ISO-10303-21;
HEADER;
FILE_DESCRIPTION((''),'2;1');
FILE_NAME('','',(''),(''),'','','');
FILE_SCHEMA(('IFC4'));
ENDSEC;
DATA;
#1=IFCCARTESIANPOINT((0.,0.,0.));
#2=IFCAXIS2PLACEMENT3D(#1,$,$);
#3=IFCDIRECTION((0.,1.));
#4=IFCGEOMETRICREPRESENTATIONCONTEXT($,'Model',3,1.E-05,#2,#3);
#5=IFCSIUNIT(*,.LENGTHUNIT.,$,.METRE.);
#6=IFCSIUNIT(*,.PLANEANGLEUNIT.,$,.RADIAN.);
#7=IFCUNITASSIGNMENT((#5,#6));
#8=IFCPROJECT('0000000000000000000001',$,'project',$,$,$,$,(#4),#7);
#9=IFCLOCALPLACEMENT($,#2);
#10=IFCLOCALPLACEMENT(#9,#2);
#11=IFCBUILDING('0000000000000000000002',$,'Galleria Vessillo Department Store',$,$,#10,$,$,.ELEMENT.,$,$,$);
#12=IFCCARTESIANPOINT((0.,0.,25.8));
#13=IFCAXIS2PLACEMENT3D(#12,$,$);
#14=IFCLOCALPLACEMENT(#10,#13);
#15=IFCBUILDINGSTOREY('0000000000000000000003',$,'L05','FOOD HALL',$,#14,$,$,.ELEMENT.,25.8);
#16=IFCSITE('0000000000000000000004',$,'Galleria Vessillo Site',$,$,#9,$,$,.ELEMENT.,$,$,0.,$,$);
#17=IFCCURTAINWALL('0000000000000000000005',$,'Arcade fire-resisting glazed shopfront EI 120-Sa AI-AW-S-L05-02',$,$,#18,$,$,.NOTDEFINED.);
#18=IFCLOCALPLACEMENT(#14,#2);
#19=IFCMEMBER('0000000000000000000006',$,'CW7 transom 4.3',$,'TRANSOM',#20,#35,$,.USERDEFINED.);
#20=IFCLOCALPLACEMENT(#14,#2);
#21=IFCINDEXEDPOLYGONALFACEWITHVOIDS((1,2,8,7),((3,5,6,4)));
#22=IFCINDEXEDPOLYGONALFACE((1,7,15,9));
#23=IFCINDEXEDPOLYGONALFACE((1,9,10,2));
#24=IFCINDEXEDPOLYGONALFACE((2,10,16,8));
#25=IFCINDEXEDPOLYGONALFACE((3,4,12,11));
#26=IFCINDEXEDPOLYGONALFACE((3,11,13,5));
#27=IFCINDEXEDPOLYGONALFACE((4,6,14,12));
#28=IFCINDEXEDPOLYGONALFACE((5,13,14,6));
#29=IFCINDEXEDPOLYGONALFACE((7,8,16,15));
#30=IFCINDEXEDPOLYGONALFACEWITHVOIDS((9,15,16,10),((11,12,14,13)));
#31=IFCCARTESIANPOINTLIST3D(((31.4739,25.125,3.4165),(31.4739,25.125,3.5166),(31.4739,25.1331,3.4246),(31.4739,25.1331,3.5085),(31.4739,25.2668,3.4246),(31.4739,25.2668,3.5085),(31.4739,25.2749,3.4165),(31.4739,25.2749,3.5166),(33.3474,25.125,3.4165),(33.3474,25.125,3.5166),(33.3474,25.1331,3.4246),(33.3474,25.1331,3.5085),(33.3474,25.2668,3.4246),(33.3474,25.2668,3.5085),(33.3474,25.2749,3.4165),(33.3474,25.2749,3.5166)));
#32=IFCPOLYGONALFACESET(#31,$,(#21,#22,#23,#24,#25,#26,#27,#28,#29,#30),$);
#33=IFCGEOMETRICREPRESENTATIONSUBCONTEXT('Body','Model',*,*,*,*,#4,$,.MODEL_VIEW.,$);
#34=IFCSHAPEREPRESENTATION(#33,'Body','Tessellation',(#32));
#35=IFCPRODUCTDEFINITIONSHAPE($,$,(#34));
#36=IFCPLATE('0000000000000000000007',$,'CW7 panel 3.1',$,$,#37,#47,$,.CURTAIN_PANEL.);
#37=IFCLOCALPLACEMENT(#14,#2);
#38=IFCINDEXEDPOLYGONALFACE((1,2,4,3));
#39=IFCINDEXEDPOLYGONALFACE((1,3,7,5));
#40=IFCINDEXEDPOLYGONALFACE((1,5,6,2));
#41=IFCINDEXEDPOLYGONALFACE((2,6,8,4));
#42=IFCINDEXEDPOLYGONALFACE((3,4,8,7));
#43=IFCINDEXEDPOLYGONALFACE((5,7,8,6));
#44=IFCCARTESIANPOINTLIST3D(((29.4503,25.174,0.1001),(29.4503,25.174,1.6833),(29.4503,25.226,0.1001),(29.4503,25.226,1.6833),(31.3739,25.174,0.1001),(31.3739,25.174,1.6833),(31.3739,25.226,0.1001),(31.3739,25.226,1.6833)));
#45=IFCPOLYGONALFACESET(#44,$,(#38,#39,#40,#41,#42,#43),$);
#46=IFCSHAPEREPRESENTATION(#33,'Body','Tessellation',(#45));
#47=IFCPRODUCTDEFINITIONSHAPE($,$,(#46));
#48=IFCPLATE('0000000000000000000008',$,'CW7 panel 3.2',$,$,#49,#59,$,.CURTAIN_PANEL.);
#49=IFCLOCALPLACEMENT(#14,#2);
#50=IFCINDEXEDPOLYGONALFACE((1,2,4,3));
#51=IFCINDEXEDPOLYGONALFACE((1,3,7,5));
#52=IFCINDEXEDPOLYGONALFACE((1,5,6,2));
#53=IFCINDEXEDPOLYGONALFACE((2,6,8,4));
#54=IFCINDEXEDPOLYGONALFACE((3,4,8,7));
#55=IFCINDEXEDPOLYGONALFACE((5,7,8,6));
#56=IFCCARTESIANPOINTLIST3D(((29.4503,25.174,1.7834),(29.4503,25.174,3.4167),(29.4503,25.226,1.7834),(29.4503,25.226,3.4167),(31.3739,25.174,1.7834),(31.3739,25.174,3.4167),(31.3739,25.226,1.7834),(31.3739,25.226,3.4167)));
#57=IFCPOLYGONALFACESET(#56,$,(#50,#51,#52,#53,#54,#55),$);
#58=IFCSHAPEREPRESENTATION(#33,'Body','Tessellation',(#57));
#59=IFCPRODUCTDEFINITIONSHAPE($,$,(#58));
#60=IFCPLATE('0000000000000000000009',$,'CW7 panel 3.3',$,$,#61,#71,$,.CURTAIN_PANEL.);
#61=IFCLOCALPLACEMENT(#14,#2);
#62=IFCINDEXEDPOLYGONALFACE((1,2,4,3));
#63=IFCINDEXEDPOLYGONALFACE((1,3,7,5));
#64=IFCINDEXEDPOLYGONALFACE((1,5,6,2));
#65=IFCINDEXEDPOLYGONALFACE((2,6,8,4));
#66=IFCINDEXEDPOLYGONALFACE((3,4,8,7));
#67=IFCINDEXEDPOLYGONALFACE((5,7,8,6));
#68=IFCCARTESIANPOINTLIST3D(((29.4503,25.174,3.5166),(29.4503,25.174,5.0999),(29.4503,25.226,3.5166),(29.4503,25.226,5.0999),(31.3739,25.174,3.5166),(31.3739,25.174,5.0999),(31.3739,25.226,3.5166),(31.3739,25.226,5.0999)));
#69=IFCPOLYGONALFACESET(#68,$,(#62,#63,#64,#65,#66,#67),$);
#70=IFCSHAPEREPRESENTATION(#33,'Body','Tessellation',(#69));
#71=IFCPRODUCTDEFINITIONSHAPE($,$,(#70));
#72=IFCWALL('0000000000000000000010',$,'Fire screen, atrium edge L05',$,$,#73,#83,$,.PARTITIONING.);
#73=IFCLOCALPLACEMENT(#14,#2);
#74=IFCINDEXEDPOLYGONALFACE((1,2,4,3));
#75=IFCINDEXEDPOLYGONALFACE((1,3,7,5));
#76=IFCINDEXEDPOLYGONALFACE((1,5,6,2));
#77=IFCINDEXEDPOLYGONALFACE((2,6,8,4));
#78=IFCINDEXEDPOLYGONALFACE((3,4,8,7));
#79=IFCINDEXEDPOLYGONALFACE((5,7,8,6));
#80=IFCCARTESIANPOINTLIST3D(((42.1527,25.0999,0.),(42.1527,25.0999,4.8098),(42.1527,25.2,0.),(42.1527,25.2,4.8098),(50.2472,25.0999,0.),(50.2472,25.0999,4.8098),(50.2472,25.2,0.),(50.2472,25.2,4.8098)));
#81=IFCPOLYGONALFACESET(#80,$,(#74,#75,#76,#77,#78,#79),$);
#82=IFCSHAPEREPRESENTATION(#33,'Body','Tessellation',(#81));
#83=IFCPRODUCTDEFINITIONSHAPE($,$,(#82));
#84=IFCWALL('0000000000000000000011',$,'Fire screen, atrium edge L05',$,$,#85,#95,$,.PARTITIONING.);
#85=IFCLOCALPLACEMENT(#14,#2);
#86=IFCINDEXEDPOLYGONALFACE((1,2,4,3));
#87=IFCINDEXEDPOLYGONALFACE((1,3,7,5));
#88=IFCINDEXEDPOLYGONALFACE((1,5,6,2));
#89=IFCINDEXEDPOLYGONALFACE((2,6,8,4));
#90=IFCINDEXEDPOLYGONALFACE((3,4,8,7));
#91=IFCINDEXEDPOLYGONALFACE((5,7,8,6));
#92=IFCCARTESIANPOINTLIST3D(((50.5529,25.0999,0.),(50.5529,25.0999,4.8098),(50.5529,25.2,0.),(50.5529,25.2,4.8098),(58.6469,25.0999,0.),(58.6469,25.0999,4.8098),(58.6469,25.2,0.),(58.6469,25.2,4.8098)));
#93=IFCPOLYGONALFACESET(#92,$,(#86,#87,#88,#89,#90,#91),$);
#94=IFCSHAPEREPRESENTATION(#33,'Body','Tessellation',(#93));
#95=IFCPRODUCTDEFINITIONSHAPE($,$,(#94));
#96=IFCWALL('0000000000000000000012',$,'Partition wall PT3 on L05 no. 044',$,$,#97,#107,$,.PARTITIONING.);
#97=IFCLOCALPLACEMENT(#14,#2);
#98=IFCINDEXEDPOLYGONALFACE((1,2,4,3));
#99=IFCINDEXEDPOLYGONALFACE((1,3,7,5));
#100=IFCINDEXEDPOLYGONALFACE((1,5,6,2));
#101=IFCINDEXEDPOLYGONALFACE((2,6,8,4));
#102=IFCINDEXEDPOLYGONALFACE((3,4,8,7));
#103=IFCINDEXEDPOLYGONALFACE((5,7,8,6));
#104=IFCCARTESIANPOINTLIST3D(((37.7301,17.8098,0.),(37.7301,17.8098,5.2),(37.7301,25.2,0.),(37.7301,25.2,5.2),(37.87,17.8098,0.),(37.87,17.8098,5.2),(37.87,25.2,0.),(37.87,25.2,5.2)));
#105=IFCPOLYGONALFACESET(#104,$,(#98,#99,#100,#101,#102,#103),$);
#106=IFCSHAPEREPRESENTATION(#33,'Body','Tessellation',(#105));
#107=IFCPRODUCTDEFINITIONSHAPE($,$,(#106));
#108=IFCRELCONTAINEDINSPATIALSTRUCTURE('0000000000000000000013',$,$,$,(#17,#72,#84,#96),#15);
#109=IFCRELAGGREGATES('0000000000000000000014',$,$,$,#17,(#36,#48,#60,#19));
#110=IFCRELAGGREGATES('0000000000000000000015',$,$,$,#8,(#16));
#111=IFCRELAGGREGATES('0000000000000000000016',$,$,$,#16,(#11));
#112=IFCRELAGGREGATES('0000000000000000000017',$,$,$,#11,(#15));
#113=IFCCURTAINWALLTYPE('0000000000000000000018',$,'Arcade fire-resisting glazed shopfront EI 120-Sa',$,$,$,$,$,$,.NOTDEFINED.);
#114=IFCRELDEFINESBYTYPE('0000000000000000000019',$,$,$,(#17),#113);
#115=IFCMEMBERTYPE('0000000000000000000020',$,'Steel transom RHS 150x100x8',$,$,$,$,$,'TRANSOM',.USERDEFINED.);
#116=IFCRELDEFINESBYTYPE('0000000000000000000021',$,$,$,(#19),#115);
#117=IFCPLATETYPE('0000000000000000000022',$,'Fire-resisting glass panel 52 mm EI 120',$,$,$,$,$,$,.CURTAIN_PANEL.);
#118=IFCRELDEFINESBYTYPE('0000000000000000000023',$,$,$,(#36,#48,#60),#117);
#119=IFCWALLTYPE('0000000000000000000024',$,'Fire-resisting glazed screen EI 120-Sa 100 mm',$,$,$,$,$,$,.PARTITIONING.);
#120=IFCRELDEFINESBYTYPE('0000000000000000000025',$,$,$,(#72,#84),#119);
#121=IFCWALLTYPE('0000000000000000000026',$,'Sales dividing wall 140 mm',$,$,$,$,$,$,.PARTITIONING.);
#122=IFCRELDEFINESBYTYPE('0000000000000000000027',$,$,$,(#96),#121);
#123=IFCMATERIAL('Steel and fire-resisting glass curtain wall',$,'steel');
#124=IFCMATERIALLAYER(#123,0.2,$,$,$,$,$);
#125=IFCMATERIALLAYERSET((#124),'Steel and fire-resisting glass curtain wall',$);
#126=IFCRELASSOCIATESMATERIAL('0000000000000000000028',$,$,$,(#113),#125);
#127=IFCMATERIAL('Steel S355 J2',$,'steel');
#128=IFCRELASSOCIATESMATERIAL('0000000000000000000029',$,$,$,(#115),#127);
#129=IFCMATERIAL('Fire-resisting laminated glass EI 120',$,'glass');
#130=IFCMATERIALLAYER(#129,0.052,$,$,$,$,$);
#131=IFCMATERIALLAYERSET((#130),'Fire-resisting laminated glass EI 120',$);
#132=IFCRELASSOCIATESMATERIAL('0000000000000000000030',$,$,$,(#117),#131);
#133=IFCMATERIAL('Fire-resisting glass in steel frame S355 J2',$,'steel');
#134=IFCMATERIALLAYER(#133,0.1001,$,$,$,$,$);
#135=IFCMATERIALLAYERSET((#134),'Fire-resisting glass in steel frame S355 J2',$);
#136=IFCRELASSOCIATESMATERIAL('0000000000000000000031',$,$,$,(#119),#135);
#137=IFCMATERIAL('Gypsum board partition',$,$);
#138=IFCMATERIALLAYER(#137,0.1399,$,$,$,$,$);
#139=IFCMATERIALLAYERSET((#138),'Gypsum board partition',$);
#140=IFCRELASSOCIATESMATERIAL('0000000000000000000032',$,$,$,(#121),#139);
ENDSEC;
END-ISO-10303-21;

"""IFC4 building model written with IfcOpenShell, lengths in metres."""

from ifc_helpers import new_model, si_unit, direction, frame, frame_2d, origin, origin_2d, place, context, subcontext, project, spatial, rectangle, hollow_rectangle, extrude, material, layer, layer_set, material_profile, profile_set, type_object, element, aggregate, save


model = new_model("IFC4")

# Units and contexts
model_context = context("Model", 3, precision=1e-05, world=origin(), true_north=direction((0.0, 1.0)))
body_context = subcontext(model_context, "Body", "Model", "MODEL_VIEW")
ifc_project = project(units=[si_unit("LENGTHUNIT", "METRE"), si_unit("PLANEANGLEUNIT", "RADIAN")], contexts=[model_context])

# Site, building, storey
site_placement = place(None, origin())
site = spatial("IfcSite", under=ifc_project, at=site_placement, Name="Galleria Vessillo Site", CompositionType="ELEMENT", RefElevation=0.0)
building_placement = place(site_placement, origin())
building = spatial("IfcBuilding", under=site, at=building_placement, Name="Galleria Vessillo Department Store", CompositionType="ELEMENT")
storey_placement = place(building_placement, frame((0.0, 0.0, 25.8)))
storey = spatial("IfcBuildingStorey", under=building, at=storey_placement, Name="L05", Description="FOOD HALL", CompositionType="ELEMENT", Elevation=25.8)

# Curtain wall, member, plates
ifc_material_1 = material(Name="Steel and fire-resisting glass curtain wall", Category="steel")
ifc_layer_1 = layer(ifc_material_1, 0.2)
ifc_layer_set_1 = layer_set([ifc_layer_1], Name="Steel and fire-resisting glass curtain wall")
curtain_wall_type = type_object("IfcCurtainWallType", Name="Arcade fire-resisting glazed shopfront EI 120-Sa", PredefinedType="NOTDEFINED", material=ifc_layer_set_1)
curtain_wall_placement = place(storey_placement, origin())
curtain_wall = element("IfcCurtainWall", 1, at=curtain_wall_placement, inside=storey, type_object=curtain_wall_type, Name="Arcade fire-resisting glazed shopfront EI 120-Sa AI-AW-S-L05-02", PredefinedType="NOTDEFINED")
ifc_material_2 = material(Name="Steel S355 J2", Category="steel")
ifc_material_profile_1 = material_profile(ifc_material_2, hollow_rectangle(XDim=0.1499, YDim=0.1001, WallThickness=0.0081, at=origin_2d()), Name="RHS 150x100x8")
ifc_profile_set_1 = profile_set([ifc_material_profile_1], Name="Steel S355 J2")
member_type_1 = type_object("IfcMemberType", Name="Steel transom RHS 150x100x8", ElementType="TRANSOM", PredefinedType="USERDEFINED", material=ifc_profile_set_1)
member_1_placement = place(storey_placement, frame((31.4739, 25.2, 3.4666), z_axis=(1.0, 0.0, 0.0), x_axis=(0.0, 1.0, 0.0)))
member_1 = element("IfcMember", 2, at=member_1_placement, type_object=member_type_1, Name="CW7 transom 4.3", ObjectType="TRANSOM", PredefinedType="USERDEFINED", context=body_context, shape_type="SweptSolid", body=[
    extrude(hollow_rectangle(XDim=0.1499, YDim=0.1001, WallThickness=0.0081, at=origin_2d()), origin(), (0.0, 0.0, 1.0), 1.8735),
])
ifc_material_3 = material(Name="Fire-resisting laminated glass EI 120", Category="glass")
ifc_layer_2 = layer(ifc_material_3, 0.052)
ifc_layer_set_2 = layer_set([ifc_layer_2], Name="Fire-resisting laminated glass EI 120")
plate_type = type_object("IfcPlateType", Name="Fire-resisting glass panel 52 mm EI 120", PredefinedType="CURTAIN_PANEL", material=ifc_layer_set_2)
plate_1_placement = place(storey_placement, frame((30.4121, 25.2, 0.1001), z_axis=(0.0, 0.0, 1.0), x_axis=(1.0, 0.0, 0.0)))
plate_1 = element("IfcPlate", 3, at=plate_1_placement, type_object=plate_type, Name="CW7 panel 3.1", PredefinedType="CURTAIN_PANEL", context=body_context, shape_type="SweptSolid", body=[
    extrude(rectangle(XDim=1.9236, YDim=0.052, at=origin_2d()), origin(), (0.0, 0.0, 1.0), 1.5833),
])
plate_2_placement = place(storey_placement, frame((30.4121, 25.2, 1.7834), z_axis=(0.0, 0.0, 1.0), x_axis=(1.0, 0.0, 0.0)))
plate_2 = element("IfcPlate", 4, at=plate_2_placement, type_object=plate_type, Name="CW7 panel 3.2", PredefinedType="CURTAIN_PANEL", context=body_context, shape_type="SweptSolid", body=[
    extrude(rectangle(XDim=1.9236, YDim=0.052, at=origin_2d()), origin(), (0.0, 0.0, 1.0), 1.6333),
])
plate_3_placement = place(storey_placement, frame((30.4121, 25.2, 3.5166), z_axis=(0.0, 0.0, 1.0), x_axis=(1.0, 0.0, 0.0)))
plate_3 = element("IfcPlate", 5, at=plate_3_placement, type_object=plate_type, Name="CW7 panel 3.3", PredefinedType="CURTAIN_PANEL", context=body_context, shape_type="SweptSolid", body=[
    extrude(rectangle(XDim=1.9236, YDim=0.052, at=origin_2d()), origin(), (0.0, 0.0, 1.0), 1.5833),
])
aggregate(curtain_wall, [plate_1, plate_2, plate_3, member_1])

# Walls
ifc_material_4 = material(Name="Fire-resisting glass in steel frame S355 J2", Category="steel")
ifc_layer_3 = layer(ifc_material_4, 0.1001)
ifc_layer_set_3 = layer_set([ifc_layer_3], Name="Fire-resisting glass in steel frame S355 J2")
wall_type_1 = type_object("IfcWallType", Name="Fire-resisting glazed screen EI 120-Sa 100 mm", PredefinedType="PARTITIONING", material=ifc_layer_set_3)
wall_1_placement = place(storey_placement, frame((42.1526, 25.1499, 0.0), z_axis=(0.0, 0.0, 1.0), x_axis=(1.0, 0.0, 0.0)))
element("IfcWall", 6, at=wall_1_placement, inside=storey, type_object=wall_type_1, Name="Fire screen, atrium edge L05", PredefinedType="PARTITIONING", context=body_context, shape_type="SweptSolid", body=[
    extrude(rectangle(XDim=8.0945, YDim=0.1001, at=frame_2d((4.0474, 0.0))), origin(), (0.0, 0.0, 1.0), 4.8098),
])
wall_2_placement = place(storey_placement, frame((50.553, 25.1499, 0.0), z_axis=(0.0, 0.0, 1.0), x_axis=(1.0, 0.0, 0.0)))
element("IfcWall", 7, at=wall_2_placement, inside=storey, type_object=wall_type_1, Name="Fire screen, atrium edge L05", PredefinedType="PARTITIONING", context=body_context, shape_type="SweptSolid", body=[
    extrude(rectangle(XDim=8.094, YDim=0.1001, at=frame_2d((4.0469, 0.0))), origin(), (0.0, 0.0, 1.0), 4.8098),
])
ifc_material_5 = material(Name="Gypsum board partition")
ifc_layer_4 = layer(ifc_material_5, 0.1399)
ifc_layer_set_4 = layer_set([ifc_layer_4], Name="Gypsum board partition")
wall_type_2 = type_object("IfcWallType", Name="Sales dividing wall 140 mm", PredefinedType="PARTITIONING", material=ifc_layer_set_4)
wall_3_placement = place(storey_placement, frame((37.8, 17.8098, 0.0), z_axis=(0.0, 0.0, 1.0), x_axis=(0.0, 1.0, 0.0)))
element("IfcWall", 8, at=wall_3_placement, inside=storey, type_object=wall_type_2, Name="Partition wall PT3 on L05 no. 044", PredefinedType="PARTITIONING", context=body_context, shape_type="SweptSolid", body=[
    extrude(rectangle(XDim=7.3901, YDim=0.1399, at=frame_2d((3.6951, 0.0))), origin(), (0.0, 0.0, 1.0), 5.2),
])

save(model, "model.ifc")
